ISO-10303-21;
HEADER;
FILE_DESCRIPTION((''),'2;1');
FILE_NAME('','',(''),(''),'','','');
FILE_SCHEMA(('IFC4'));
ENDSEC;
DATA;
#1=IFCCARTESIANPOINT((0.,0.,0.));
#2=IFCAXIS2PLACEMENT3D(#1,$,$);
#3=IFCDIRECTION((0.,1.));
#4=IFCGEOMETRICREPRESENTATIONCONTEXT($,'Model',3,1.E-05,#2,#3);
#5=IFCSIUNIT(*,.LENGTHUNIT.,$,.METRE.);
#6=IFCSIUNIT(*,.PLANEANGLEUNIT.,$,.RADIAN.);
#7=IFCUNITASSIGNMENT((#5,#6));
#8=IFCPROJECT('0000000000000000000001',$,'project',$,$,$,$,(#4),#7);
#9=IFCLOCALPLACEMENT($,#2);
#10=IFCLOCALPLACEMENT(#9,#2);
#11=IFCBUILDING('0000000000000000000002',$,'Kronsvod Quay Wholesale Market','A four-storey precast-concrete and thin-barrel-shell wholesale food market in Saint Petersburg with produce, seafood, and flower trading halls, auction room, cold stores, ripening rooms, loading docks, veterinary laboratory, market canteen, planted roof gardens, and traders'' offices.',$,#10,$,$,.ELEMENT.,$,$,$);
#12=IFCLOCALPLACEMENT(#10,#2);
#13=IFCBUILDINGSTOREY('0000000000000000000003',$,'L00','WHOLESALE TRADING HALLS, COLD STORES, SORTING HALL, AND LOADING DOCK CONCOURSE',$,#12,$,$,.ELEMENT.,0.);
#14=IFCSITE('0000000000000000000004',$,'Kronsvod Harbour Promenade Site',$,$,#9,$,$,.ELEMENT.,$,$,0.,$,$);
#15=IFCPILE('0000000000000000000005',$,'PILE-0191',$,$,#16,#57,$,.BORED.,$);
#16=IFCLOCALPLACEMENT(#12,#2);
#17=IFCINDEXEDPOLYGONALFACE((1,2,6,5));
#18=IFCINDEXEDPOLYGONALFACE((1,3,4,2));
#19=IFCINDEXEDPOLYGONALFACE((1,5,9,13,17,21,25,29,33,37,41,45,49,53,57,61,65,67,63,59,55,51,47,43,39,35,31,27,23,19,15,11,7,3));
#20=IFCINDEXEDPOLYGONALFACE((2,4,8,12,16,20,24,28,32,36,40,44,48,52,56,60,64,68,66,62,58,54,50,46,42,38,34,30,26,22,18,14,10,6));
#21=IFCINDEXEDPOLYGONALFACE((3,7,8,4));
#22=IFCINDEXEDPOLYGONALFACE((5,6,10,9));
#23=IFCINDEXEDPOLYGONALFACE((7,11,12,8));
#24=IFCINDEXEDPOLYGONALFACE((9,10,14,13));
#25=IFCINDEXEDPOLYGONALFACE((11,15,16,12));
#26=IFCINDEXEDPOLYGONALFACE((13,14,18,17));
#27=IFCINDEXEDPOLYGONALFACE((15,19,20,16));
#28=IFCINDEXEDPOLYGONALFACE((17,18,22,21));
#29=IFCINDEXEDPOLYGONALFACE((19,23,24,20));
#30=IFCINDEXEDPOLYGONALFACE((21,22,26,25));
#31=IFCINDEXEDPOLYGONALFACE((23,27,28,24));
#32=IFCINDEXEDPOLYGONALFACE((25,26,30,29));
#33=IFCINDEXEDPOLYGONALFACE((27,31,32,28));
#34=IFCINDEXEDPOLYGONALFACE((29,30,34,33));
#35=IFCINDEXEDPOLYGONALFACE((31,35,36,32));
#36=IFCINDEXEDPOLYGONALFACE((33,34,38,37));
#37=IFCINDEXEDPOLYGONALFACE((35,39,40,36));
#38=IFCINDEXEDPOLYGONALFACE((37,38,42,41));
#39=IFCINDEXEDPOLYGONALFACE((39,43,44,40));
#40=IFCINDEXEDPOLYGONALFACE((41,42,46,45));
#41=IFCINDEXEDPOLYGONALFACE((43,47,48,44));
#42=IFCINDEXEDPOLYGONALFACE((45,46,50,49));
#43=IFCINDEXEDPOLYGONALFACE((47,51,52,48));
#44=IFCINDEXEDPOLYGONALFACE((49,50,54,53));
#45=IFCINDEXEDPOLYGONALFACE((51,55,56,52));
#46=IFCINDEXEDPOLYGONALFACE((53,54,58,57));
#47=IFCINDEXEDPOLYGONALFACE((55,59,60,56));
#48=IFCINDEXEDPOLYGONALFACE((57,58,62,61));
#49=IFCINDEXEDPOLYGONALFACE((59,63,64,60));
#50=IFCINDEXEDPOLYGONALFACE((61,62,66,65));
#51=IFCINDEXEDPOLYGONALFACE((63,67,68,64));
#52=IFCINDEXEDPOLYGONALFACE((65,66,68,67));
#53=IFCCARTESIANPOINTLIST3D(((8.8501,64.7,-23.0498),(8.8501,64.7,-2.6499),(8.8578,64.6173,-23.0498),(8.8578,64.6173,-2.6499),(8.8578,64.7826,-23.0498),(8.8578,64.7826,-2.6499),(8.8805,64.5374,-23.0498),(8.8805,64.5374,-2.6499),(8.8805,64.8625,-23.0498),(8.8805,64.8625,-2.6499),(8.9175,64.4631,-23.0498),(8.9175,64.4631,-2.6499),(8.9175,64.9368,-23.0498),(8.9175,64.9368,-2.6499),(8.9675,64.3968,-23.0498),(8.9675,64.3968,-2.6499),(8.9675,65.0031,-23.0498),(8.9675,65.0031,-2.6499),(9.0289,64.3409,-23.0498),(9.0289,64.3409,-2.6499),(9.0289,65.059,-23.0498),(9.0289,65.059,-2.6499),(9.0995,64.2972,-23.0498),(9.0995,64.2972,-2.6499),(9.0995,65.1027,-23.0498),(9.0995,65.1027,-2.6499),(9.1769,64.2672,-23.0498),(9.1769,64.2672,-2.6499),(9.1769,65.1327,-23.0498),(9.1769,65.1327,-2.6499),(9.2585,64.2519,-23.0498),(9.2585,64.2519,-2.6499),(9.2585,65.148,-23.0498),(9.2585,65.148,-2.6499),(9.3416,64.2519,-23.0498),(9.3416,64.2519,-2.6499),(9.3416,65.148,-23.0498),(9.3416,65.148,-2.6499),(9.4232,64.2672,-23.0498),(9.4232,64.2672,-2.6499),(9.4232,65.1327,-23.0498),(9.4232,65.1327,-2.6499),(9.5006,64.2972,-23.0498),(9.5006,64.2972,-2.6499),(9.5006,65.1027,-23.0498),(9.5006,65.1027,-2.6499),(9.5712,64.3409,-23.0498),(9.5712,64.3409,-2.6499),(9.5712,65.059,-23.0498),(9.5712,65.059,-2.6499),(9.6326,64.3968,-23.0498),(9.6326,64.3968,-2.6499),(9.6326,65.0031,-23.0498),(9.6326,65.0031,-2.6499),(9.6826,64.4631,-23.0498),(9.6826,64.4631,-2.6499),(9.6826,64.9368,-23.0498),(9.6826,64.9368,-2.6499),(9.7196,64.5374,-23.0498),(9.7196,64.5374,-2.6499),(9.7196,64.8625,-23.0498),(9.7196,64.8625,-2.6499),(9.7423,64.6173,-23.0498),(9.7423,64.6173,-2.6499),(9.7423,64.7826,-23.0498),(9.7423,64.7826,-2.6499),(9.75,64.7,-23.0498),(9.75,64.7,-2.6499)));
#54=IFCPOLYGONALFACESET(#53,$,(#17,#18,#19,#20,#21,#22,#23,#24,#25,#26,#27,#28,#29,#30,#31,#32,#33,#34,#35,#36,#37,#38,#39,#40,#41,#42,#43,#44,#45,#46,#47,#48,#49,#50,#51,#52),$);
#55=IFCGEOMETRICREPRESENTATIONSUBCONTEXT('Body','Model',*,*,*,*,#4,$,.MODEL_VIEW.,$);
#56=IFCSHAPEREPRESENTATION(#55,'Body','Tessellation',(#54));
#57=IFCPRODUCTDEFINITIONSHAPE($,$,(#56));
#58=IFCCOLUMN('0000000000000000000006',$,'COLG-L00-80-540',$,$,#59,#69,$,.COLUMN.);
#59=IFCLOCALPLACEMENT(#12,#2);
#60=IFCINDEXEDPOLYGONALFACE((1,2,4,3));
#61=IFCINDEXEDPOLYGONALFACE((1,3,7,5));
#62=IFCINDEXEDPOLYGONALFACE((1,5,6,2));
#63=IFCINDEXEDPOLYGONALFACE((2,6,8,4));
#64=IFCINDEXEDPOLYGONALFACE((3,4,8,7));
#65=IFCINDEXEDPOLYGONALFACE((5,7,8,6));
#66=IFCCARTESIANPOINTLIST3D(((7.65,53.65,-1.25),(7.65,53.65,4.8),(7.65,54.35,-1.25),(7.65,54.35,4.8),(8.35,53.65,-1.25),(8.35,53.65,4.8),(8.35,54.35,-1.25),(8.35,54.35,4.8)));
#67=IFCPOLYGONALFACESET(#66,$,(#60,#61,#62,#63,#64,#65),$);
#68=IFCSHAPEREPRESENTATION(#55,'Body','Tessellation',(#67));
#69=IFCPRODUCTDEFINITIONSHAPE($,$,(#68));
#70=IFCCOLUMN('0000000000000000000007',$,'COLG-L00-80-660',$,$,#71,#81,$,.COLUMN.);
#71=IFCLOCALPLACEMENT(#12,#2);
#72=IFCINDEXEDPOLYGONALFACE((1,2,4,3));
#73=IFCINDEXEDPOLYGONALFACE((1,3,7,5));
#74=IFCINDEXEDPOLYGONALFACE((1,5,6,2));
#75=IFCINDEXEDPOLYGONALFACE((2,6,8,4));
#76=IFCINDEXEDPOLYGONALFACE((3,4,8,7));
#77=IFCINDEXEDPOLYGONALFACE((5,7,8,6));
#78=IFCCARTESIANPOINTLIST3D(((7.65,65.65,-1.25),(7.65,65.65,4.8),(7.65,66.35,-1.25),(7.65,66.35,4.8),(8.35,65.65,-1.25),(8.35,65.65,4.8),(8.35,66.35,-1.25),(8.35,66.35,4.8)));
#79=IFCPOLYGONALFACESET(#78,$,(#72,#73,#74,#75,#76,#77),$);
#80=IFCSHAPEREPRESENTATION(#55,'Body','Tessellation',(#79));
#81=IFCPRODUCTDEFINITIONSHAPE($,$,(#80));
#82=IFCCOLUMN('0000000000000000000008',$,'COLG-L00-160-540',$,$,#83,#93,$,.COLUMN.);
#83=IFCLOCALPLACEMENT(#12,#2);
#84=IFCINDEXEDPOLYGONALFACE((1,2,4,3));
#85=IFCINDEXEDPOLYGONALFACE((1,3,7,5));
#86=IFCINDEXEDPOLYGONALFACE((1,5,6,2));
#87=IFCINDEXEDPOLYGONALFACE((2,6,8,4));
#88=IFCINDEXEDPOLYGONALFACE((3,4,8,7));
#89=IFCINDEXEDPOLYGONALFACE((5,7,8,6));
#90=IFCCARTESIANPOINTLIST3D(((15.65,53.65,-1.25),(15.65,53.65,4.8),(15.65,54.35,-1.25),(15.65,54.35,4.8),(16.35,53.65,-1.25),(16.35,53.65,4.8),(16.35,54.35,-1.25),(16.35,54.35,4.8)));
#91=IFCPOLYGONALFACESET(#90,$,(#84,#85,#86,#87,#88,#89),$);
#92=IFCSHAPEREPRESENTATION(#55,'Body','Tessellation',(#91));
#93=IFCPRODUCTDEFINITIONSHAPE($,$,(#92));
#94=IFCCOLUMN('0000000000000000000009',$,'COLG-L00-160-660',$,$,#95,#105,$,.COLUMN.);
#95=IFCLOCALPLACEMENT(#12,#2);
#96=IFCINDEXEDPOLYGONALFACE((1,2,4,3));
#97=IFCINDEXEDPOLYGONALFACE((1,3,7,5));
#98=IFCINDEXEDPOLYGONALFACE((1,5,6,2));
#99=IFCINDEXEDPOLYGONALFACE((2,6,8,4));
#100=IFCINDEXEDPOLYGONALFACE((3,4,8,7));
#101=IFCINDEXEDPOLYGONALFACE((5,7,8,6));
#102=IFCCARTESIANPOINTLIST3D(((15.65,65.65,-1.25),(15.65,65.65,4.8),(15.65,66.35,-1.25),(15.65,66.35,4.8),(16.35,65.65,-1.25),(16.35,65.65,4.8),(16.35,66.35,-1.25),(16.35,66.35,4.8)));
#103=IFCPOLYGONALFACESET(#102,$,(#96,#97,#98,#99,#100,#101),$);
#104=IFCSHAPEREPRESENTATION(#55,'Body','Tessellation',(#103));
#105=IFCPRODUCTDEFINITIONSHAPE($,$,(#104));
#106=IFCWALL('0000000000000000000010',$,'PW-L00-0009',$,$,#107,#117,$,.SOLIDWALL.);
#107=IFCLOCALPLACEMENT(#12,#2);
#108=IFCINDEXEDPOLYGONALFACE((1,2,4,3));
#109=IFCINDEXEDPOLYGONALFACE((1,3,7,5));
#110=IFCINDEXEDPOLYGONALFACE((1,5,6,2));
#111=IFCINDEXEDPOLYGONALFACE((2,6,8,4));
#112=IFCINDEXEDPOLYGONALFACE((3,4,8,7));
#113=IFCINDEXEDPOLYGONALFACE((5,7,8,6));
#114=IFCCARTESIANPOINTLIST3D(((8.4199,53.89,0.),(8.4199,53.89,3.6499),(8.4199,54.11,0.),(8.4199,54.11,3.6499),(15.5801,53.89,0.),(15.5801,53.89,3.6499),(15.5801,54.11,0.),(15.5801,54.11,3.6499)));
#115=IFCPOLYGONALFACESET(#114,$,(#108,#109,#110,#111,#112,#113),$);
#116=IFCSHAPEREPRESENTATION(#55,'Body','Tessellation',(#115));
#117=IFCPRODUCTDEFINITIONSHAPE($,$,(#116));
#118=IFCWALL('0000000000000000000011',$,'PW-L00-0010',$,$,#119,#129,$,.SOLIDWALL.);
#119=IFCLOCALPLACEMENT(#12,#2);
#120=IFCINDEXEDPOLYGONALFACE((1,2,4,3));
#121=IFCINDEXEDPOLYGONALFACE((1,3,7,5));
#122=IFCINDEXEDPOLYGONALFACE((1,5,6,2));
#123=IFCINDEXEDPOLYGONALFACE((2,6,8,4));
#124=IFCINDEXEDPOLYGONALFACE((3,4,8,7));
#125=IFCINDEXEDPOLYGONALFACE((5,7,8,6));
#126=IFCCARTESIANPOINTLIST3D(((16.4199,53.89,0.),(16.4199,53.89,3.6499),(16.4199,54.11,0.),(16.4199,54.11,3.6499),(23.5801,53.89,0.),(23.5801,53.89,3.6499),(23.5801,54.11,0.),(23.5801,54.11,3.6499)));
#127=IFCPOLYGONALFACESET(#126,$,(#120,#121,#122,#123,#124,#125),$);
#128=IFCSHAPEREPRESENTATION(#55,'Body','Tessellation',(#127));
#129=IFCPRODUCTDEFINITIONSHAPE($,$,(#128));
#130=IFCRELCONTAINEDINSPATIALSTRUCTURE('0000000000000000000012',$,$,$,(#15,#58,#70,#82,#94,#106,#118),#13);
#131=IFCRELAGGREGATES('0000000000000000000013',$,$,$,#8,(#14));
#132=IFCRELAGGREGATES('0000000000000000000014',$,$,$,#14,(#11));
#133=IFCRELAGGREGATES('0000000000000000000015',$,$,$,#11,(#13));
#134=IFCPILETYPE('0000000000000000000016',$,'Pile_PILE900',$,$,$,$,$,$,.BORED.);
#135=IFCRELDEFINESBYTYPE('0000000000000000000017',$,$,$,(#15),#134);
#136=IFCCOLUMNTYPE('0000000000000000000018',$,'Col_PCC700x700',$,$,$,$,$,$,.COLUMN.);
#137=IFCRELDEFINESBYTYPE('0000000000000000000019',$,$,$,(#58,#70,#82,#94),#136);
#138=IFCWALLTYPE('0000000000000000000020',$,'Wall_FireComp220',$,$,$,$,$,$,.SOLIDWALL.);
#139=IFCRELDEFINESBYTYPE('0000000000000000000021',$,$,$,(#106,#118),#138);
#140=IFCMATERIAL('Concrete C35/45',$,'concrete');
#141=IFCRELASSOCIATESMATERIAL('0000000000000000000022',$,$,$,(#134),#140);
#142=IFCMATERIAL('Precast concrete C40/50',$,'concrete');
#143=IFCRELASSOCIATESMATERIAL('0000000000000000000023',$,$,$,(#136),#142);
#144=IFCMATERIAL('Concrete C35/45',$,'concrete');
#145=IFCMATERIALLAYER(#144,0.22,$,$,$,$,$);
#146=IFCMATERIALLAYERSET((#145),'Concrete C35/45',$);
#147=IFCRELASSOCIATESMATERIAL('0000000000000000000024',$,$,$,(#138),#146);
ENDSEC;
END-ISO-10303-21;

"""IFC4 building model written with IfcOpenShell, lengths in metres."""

from ifc_helpers import new_model, si_unit, direction, frame, frame_2d, origin, origin_2d, place, context, subcontext, project, spatial, rectangle, circle, extrude, material, layer, layer_set, material_profile, profile_set, type_object, element, save


model = new_model("IFC4")

# Units and contexts
model_context = context("Model", 3, precision=1e-05, world=origin(), true_north=direction((0.0, 1.0)))
body_context = subcontext(model_context, "Body", "Model", "MODEL_VIEW")
ifc_project = project(units=[si_unit("LENGTHUNIT", "METRE"), si_unit("PLANEANGLEUNIT", "RADIAN")], contexts=[model_context])

# Site, building, storey
site_placement = place(None, origin())
site = spatial("IfcSite", under=ifc_project, at=site_placement, Name="Kronsvod Harbour Promenade Site", CompositionType="ELEMENT", RefElevation=0.0)
building_placement = place(site_placement, origin())
building = spatial("IfcBuilding", under=site, at=building_placement, Name="Kronsvod Quay Wholesale Market", Description="A four-storey precast-concrete and thin-barrel-shell wholesale food market in Saint Petersburg with produce, seafood, and flower trading halls, auction room, cold stores, ripening rooms, loading docks, veterinary laboratory, market canteen, planted roof gardens, and traders' offices.", CompositionType="ELEMENT")
storey_placement = place(building_placement, origin())
storey = spatial("IfcBuildingStorey", under=building, at=storey_placement, Name="L00", Description="WHOLESALE TRADING HALLS, COLD STORES, SORTING HALL, AND LOADING DOCK CONCOURSE", CompositionType="ELEMENT", Elevation=0.0)

# Pile
ifc_material_1 = material(Name="Concrete C35/45", Category="concrete")
ifc_material_profile_1 = material_profile(ifc_material_1, circle(Radius=0.45, at=origin_2d()), Name="PILE900")
ifc_profile_set_1 = profile_set([ifc_material_profile_1], Name="Concrete C35/45")
pile_type_1 = type_object("IfcPileType", Name="Pile_PILE900", PredefinedType="BORED", material=ifc_profile_set_1)
for number, where, z_axis, x_axis, name in (
    (1, (9.3, 64.7, -2.6499), (0.0, 0.0, -1.0), (1.0, 0.0, 0.0), "PILE-0191"),
):
    element("IfcPile", number, at=place(storey_placement, frame(where, z_axis=z_axis, x_axis=x_axis)), inside=storey, type_object=pile_type_1, Name=name, PredefinedType="BORED", context=body_context, shape_type="SweptSolid", body=[
        extrude(circle(Radius=0.45, at=origin_2d()), origin(), (0.0, 0.0, 1.0), 20.3999),
    ])

# Columns
ifc_material_2 = material(Name="Precast concrete C40/50", Category="concrete")
ifc_material_profile_2 = material_profile(ifc_material_2, rectangle(XDim=0.7, YDim=0.7, at=origin_2d()), Name="PCC700x700")
ifc_profile_set_2 = profile_set([ifc_material_profile_2], Name="Precast concrete C40/50")
column_type = type_object("IfcColumnType", Name="Col_PCC700x700", PredefinedType="COLUMN", material=ifc_profile_set_2)
for number, where, z_axis, x_axis, name in (
    (2, (8.0, 54.0, -1.25), (0.0, 0.0, 1.0), (1.0, 0.0, 0.0), "COLG-L00-80-540"),
    (3, (8.0, 66.0, -1.25), (0.0, 0.0, 1.0), (1.0, 0.0, 0.0), "COLG-L00-80-660"),
    (4, (16.0, 54.0, -1.25), (0.0, 0.0, 1.0), (1.0, 0.0, 0.0), "COLG-L00-160-540"),
    (5, (16.0, 66.0, -1.25), (0.0, 0.0, 1.0), (1.0, 0.0, 0.0), "COLG-L00-160-660"),
):
    element("IfcColumn", number, at=place(storey_placement, frame(where, z_axis=z_axis, x_axis=x_axis)), inside=storey, type_object=column_type, Name=name, PredefinedType="COLUMN", context=body_context, shape_type="SweptSolid", body=[
        extrude(rectangle(XDim=0.7, YDim=0.7, at=origin_2d()), origin(), (0.0, 0.0, 1.0), 6.05),
    ])

# Walls
ifc_material_3 = material(Name="Concrete C35/45", Category="concrete")
ifc_layer = layer(ifc_material_3, 0.22)
ifc_layer_set = layer_set([ifc_layer], Name="Concrete C35/45")
wall_type = type_object("IfcWallType", Name="Wall_FireComp220", PredefinedType="SOLIDWALL", material=ifc_layer_set)
for number, where, z_axis, x_axis, name in (
    (6, (8.4199, 54.0, 0.0), (0.0, 0.0, 1.0), (1.0, 0.0, 0.0), "PW-L00-0009"),
    (7, (16.4199, 54.0, 0.0), (0.0, 0.0, 1.0), (1.0, 0.0, 0.0), "PW-L00-0010"),
):
    element("IfcWall", number, at=place(storey_placement, frame(where, z_axis=z_axis, x_axis=x_axis)), inside=storey, type_object=wall_type, Name=name, PredefinedType="SOLIDWALL", context=body_context, shape_type="SweptSolid", body=[
        extrude(rectangle(XDim=7.1602, YDim=0.22, at=frame_2d((3.5801, 0.0))), origin(), (0.0, 0.0, 1.0), 3.6499),
    ])

save(model, "model.ifc")
